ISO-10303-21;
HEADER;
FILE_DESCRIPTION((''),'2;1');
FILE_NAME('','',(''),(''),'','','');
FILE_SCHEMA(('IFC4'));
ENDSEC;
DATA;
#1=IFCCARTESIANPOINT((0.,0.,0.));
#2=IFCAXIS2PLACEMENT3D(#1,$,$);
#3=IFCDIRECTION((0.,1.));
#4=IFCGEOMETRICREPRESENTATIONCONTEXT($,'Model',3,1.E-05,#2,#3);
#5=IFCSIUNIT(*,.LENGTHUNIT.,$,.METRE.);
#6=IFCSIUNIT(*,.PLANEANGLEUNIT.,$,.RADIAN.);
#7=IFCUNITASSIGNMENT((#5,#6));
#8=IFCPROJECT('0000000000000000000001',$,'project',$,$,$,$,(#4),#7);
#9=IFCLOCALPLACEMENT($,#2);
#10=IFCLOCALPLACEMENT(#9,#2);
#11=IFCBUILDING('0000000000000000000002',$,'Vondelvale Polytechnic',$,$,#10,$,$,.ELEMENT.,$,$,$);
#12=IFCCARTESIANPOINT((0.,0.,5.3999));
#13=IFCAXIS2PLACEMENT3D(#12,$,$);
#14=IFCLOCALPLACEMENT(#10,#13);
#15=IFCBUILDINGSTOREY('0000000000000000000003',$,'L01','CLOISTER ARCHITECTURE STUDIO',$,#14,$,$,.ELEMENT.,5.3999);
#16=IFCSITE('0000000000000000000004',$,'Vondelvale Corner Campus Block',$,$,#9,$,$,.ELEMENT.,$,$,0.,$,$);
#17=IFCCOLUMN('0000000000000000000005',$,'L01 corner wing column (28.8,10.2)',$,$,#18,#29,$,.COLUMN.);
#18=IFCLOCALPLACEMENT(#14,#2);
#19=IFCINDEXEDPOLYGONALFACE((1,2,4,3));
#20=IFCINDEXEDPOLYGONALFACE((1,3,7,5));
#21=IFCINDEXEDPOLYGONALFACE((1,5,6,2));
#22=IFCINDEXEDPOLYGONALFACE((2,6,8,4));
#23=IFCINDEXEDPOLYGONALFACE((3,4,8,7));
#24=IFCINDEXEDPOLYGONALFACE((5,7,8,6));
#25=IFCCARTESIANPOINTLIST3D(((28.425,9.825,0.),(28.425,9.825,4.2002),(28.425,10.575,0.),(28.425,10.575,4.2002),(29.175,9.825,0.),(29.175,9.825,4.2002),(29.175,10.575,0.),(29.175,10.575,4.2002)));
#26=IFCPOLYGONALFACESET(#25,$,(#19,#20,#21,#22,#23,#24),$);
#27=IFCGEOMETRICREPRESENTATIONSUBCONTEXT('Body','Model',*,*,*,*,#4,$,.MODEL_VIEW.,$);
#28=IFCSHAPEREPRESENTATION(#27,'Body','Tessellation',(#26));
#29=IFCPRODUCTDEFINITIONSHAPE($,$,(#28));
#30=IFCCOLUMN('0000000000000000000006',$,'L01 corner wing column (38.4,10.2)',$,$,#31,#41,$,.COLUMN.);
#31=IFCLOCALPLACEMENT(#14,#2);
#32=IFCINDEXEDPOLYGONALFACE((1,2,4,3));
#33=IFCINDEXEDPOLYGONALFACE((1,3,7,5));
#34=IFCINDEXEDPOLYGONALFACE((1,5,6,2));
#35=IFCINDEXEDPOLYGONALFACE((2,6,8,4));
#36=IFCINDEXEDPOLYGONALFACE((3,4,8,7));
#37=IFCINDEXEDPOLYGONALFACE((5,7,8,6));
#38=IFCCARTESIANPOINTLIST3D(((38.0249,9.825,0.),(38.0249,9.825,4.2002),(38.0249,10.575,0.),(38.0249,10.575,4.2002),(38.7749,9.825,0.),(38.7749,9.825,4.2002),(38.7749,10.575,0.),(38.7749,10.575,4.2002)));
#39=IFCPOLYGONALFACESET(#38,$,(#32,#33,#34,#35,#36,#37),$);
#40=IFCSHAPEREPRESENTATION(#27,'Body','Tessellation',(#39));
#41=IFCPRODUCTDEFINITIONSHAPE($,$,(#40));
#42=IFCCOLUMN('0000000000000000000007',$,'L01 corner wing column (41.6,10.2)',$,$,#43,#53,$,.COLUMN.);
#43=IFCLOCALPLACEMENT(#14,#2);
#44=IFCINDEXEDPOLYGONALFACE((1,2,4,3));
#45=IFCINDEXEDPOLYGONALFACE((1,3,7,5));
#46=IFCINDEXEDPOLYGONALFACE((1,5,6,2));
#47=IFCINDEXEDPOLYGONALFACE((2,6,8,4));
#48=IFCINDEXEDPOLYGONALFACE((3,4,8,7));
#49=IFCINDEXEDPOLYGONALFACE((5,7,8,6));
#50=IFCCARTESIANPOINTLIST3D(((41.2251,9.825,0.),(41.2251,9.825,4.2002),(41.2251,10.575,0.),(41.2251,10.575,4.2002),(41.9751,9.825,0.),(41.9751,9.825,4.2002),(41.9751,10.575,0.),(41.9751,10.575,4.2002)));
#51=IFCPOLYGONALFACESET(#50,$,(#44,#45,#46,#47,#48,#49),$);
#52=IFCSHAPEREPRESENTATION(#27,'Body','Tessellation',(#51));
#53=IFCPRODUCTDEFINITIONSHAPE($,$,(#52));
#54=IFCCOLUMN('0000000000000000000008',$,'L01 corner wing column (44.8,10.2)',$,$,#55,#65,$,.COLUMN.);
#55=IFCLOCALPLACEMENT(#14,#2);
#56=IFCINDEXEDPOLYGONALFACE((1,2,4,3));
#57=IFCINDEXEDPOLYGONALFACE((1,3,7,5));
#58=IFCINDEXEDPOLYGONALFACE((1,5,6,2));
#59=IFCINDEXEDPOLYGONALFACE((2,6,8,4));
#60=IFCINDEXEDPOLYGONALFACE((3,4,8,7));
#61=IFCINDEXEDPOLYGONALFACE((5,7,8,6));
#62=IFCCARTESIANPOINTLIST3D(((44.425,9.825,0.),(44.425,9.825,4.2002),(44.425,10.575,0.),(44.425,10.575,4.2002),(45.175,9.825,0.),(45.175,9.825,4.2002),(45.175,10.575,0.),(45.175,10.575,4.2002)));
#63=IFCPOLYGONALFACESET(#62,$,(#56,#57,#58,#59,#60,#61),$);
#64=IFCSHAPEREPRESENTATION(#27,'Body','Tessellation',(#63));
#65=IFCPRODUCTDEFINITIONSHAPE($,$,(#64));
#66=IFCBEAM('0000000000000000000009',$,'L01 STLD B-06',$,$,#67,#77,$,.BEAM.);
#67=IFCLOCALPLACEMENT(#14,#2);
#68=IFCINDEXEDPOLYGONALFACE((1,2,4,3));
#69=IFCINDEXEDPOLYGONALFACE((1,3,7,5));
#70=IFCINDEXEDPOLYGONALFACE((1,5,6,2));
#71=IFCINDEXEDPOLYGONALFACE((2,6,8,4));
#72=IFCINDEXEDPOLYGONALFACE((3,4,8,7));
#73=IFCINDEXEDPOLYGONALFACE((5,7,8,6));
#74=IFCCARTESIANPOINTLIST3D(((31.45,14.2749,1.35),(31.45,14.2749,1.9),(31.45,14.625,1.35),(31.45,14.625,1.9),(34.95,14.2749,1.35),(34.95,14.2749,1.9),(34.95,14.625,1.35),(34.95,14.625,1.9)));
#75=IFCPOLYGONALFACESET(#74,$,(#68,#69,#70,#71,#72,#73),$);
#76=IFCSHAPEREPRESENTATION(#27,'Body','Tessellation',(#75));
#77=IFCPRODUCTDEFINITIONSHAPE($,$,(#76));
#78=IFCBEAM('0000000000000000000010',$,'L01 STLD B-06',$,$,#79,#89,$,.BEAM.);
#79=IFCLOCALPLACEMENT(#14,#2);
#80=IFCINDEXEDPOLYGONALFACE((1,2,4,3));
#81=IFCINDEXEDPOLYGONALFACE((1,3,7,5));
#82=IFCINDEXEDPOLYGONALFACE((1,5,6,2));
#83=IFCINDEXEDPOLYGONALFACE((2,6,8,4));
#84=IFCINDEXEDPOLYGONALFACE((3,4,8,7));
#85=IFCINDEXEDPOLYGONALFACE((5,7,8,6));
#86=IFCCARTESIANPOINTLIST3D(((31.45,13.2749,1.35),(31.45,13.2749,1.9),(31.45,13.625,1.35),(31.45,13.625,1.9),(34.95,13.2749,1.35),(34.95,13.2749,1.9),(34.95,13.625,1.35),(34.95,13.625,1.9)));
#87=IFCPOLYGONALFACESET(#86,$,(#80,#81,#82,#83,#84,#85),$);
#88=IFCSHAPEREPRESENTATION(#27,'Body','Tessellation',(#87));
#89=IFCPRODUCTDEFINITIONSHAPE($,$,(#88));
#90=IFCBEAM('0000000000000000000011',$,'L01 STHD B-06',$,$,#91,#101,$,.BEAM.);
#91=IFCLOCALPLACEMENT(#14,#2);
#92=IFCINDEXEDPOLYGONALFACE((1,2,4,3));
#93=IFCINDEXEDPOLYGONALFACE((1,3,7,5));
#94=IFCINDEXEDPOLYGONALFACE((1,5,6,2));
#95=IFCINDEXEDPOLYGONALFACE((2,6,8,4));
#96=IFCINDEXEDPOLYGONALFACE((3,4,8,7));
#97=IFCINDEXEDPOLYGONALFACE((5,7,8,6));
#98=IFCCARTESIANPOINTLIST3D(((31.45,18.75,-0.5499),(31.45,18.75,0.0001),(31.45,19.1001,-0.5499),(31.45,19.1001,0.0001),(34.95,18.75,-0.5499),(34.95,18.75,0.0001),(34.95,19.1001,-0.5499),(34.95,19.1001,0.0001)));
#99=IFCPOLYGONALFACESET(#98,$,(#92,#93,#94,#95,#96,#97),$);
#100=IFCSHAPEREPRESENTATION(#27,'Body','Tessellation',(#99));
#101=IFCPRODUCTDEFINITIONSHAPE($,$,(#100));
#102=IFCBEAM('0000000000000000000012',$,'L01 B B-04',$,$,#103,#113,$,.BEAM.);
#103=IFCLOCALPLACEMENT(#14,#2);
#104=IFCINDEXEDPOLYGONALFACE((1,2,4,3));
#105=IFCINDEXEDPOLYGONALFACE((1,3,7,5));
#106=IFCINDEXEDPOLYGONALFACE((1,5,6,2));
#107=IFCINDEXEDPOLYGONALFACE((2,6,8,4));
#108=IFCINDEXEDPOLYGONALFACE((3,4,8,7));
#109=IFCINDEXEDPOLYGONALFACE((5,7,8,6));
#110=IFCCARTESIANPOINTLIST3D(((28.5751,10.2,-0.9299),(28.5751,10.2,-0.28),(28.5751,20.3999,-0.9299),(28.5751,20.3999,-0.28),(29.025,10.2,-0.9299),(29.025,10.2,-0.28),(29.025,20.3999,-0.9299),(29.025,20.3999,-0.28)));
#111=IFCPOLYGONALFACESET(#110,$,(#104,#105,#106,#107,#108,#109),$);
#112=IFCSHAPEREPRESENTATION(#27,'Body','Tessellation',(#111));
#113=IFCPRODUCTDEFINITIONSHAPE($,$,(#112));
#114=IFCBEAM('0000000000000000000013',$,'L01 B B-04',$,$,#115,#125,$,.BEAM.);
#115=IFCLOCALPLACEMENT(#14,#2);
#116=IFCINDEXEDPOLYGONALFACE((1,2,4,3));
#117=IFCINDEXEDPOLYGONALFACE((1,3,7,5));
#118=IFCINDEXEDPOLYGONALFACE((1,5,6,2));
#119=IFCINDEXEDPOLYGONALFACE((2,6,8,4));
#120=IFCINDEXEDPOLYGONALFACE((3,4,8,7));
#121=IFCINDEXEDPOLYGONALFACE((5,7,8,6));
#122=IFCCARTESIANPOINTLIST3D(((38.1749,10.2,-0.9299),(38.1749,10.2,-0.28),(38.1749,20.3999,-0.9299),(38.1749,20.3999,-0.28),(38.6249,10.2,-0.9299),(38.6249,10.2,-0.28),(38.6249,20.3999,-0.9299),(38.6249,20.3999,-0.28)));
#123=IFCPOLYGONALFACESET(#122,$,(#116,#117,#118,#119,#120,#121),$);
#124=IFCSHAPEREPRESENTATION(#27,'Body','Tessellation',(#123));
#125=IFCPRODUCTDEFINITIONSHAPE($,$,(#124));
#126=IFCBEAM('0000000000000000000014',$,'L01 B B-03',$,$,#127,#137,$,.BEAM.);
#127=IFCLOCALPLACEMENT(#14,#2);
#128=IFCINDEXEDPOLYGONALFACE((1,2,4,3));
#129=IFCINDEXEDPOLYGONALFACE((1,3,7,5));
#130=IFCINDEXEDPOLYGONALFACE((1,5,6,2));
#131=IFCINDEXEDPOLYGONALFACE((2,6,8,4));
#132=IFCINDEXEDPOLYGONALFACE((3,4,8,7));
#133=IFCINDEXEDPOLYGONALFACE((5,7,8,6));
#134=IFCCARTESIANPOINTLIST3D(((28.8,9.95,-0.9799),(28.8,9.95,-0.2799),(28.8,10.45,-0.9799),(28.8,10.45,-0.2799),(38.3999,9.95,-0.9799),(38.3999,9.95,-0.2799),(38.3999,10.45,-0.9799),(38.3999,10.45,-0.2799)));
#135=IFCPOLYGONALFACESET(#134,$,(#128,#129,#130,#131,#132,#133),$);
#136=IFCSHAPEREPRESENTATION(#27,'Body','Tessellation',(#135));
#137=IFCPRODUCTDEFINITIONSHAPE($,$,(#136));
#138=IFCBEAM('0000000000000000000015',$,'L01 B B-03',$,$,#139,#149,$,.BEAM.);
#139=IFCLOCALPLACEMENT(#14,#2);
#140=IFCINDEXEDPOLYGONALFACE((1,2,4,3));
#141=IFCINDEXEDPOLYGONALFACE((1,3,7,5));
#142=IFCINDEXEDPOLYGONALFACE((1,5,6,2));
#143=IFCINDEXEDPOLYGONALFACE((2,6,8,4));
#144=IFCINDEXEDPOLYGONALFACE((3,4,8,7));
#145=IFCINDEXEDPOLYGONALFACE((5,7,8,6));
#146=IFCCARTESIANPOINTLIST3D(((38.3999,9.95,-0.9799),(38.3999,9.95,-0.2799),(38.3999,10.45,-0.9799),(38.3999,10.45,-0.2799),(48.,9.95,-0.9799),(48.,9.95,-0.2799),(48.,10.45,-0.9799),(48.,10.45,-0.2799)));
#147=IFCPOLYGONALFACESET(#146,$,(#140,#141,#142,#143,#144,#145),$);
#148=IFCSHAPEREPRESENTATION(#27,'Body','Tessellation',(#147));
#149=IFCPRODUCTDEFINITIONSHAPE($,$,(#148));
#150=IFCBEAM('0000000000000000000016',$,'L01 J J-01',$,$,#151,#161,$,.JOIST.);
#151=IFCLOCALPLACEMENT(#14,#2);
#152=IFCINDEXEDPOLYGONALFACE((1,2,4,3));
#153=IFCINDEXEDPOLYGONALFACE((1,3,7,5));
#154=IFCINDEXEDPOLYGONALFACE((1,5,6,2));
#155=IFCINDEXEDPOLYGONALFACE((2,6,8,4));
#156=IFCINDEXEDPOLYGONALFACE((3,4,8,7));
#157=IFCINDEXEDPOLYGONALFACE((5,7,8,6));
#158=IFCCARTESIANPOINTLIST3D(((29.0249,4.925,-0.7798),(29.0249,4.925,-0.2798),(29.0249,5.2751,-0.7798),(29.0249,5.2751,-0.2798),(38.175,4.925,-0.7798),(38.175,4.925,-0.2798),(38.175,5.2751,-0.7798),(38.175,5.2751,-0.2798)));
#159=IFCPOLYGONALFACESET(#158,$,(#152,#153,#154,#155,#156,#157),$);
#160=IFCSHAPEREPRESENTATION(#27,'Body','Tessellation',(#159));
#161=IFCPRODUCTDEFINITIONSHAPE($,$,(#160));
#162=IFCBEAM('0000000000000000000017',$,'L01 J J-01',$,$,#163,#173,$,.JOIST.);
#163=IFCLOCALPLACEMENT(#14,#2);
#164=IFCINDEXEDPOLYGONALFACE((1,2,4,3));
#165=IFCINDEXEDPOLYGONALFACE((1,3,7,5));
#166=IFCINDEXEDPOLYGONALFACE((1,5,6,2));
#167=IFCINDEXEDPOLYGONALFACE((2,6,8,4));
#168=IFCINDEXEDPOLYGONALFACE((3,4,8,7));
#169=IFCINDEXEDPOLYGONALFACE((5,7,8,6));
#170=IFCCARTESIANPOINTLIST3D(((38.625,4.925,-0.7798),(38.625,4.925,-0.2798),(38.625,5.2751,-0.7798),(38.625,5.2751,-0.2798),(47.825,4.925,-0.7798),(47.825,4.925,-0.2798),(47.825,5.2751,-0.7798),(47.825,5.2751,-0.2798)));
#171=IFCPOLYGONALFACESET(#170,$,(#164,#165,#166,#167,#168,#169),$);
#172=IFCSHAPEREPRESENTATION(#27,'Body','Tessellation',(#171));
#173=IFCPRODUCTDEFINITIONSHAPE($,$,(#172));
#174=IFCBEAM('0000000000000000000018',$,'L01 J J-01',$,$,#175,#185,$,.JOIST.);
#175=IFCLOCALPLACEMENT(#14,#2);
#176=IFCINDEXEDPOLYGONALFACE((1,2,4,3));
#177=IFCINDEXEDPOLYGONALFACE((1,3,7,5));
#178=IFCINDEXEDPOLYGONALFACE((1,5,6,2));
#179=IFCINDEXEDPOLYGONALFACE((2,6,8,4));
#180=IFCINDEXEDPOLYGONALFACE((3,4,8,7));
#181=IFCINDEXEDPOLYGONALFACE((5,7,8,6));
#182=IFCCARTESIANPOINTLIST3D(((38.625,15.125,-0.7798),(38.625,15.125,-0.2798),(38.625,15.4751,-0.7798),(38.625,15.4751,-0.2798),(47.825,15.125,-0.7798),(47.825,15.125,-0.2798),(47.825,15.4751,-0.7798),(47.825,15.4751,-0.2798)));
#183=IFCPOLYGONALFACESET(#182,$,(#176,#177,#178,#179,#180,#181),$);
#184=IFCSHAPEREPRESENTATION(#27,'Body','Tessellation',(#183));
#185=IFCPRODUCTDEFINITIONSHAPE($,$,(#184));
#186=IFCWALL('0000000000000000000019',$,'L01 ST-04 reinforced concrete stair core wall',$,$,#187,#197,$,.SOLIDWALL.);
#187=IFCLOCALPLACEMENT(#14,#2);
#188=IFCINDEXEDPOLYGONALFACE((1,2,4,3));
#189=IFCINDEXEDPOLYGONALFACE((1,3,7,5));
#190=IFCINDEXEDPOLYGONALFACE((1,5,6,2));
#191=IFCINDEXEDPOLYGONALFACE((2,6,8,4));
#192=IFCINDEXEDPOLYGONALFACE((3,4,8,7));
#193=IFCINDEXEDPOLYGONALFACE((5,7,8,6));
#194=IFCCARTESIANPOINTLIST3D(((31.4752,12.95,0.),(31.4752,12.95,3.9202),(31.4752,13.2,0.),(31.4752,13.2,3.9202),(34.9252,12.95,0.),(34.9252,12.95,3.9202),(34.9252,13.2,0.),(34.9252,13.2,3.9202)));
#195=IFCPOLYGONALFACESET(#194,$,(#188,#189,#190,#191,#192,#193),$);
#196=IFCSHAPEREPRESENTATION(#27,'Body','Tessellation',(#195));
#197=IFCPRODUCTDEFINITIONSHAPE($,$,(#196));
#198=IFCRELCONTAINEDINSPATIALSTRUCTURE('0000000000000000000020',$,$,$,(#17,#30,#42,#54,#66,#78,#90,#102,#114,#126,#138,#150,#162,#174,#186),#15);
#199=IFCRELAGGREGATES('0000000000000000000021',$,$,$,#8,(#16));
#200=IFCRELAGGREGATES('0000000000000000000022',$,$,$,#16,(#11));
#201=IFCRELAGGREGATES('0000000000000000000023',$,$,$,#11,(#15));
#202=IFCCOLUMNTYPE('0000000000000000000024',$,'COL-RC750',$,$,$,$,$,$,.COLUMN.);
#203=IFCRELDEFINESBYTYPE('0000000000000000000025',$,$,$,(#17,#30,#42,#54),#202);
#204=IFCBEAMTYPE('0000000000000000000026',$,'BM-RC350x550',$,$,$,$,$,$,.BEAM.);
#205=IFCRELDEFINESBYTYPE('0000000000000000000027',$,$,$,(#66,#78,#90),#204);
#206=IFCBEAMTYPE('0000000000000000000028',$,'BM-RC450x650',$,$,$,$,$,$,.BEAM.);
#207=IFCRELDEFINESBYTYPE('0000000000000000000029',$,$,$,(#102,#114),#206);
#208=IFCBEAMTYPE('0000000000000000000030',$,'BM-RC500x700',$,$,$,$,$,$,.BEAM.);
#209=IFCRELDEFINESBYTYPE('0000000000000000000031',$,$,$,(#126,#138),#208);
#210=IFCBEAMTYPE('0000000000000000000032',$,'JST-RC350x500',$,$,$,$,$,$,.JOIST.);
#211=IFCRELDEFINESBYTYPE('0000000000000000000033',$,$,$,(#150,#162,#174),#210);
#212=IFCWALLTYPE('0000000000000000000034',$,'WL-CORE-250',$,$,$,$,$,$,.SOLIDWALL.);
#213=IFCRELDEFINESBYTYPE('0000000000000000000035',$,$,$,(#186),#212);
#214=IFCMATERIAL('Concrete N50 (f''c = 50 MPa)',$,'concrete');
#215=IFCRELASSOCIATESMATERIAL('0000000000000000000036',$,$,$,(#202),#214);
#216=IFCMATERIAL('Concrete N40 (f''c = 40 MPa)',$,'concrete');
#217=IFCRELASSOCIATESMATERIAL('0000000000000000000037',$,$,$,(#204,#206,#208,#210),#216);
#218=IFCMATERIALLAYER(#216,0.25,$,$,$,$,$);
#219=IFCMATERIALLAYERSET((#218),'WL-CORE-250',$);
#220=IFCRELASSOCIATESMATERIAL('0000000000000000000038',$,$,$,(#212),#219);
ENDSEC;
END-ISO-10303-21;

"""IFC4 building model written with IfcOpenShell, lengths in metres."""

from ifc_helpers import new_model, si_unit, direction, frame, frame_2d, origin, origin_2d, place, context, subcontext, project, spatial, rectangle, extrude, material, layer, layer_set, material_profile, profile_set, type_object, element, save


model = new_model("IFC4")

# Units and contexts
model_context = context("Model", 3, precision=1e-05, world=origin(), true_north=direction((0.0, 1.0)))
body_context = subcontext(model_context, "Body", "Model", "MODEL_VIEW")
ifc_project = project(units=[si_unit("LENGTHUNIT", "METRE"), si_unit("PLANEANGLEUNIT", "RADIAN")], contexts=[model_context])

# Site, building, storey
site_placement = place(None, origin())
site = spatial("IfcSite", under=ifc_project, at=site_placement, Name="Vondelvale Corner Campus Block", CompositionType="ELEMENT", RefElevation=0.0)
building_placement = place(site_placement, origin())
building = spatial("IfcBuilding", under=site, at=building_placement, Name="Vondelvale Polytechnic", CompositionType="ELEMENT")
storey_placement = place(building_placement, frame((0.0, 0.0, 5.3999)))
storey = spatial("IfcBuildingStorey", under=building, at=storey_placement, Name="L01", Description="CLOISTER ARCHITECTURE STUDIO", CompositionType="ELEMENT", Elevation=5.3999)

# Columns
ifc_material_1 = material(Name="Concrete N50 (f'c = 50 MPa)", Category="concrete")
ifc_material_profile_1 = material_profile(ifc_material_1, rectangle(XDim=0.75, YDim=0.75, at=origin_2d()), Name="RC-COL-750x750")
ifc_profile_set_1 = profile_set([ifc_material_profile_1], Name="Concrete N50 (f'c = 50 MPa)")
column_type = type_object("IfcColumnType", Name="COL-RC750", PredefinedType="COLUMN", material=ifc_profile_set_1)
for number, where, z_axis, x_axis, name in (
    (1, (28.8, 10.2, 0.0), (0.0, 0.0, 1.0), (1.0, 0.0, 0.0), "L01 corner wing column (28.8,10.2)"),
    (2, (38.3999, 10.2, 0.0), (0.0, 0.0, 1.0), (1.0, 0.0, 0.0), "L01 corner wing column (38.4,10.2)"),
    (3, (41.6001, 10.2, 0.0), (0.0, 0.0, 1.0), (1.0, 0.0, 0.0), "L01 corner wing column (41.6,10.2)"),
    (4, (44.8, 10.2, 0.0), (0.0, 0.0, 1.0), (1.0, 0.0, 0.0), "L01 corner wing column (44.8,10.2)"),
):
    element("IfcColumn", number, at=place(storey_placement, frame(where, z_axis=z_axis, x_axis=x_axis)), inside=storey, type_object=column_type, Name=name, PredefinedType="COLUMN", context=body_context, shape_type="SweptSolid", body=[
        extrude(rectangle(XDim=0.75, YDim=0.75, at=origin_2d()), origin(), (0.0, 0.0, 1.0), 4.2002),
    ])

# Beams
ifc_material_2 = material(Name="Concrete N40 (f'c = 40 MPa)", Category="concrete")
ifc_material_profile_2 = material_profile(ifc_material_2, rectangle(XDim=0.3501, YDim=0.55, at=origin_2d()), Name="RC-BM-350x550")
ifc_profile_set_2 = profile_set([ifc_material_profile_2], Name="Concrete N40 (f'c = 40 MPa)")
beam_type_1 = type_object("IfcBeamType", Name="BM-RC350x550", PredefinedType="BEAM", material=ifc_profile_set_2)
for number, where, z_axis, x_axis, name in (
    (5, (31.45, 14.45, 1.625), (1.0, 0.0, 0.0), (0.0, 1.0, 0.0), "L01 STLD B-06"),
    (6, (31.45, 13.45, 1.625), (1.0, 0.0, 0.0), (0.0, 1.0, 0.0), "L01 STLD B-06"),
    (7, (31.45, 18.925, -0.2749), (1.0, 0.0, 0.0), (0.0, 1.0, 0.0), "L01 STHD B-06"),
):
    element("IfcBeam", number, at=place(storey_placement, frame(where, z_axis=z_axis, x_axis=x_axis)), inside=storey, type_object=beam_type_1, Name=name, PredefinedType="BEAM", context=body_context, shape_type="SweptSolid", body=[
        extrude(rectangle(XDim=0.3501, YDim=0.55, at=origin_2d()), origin(), (0.0, 0.0, 1.0), 3.5),
    ])
ifc_material_profile_3 = material_profile(ifc_material_2, rectangle(XDim=0.45, YDim=0.6499, at=origin_2d()), Name="RC-BM-450x650")
ifc_profile_set_3 = profile_set([ifc_material_profile_3], Name="Concrete N40 (f'c = 40 MPa)")
beam_type_2 = type_object("IfcBeamType", Name="BM-RC450x650", PredefinedType="BEAM", material=ifc_profile_set_3)
for number, where, z_axis, x_axis, name in (
    (8, (28.8, 10.2, -0.605), (0.0, 1.0, 0.0), (-1.0, 0.0, 0.0), "L01 B B-04"),
    (9, (38.3999, 10.2, -0.605), (0.0, 1.0, 0.0), (-1.0, 0.0, 0.0), "L01 B B-04"),
):
    element("IfcBeam", number, at=place(storey_placement, frame(where, z_axis=z_axis, x_axis=x_axis)), inside=storey, type_object=beam_type_2, Name=name, PredefinedType="BEAM", context=body_context, shape_type="SweptSolid", body=[
        extrude(rectangle(XDim=0.45, YDim=0.6499, at=origin_2d()), origin(), (0.0, 0.0, 1.0), 10.2),
    ])
ifc_material_profile_4 = material_profile(ifc_material_2, rectangle(XDim=0.5, YDim=0.7, at=origin_2d()), Name="RC-BM-500x700")
ifc_profile_set_4 = profile_set([ifc_material_profile_4], Name="Concrete N40 (f'c = 40 MPa)")
beam_type_3 = type_object("IfcBeamType", Name="BM-RC500x700", PredefinedType="BEAM", material=ifc_profile_set_4)
beam_1_placement = place(storey_placement, frame((28.8, 10.2, -0.6299), z_axis=(1.0, 0.0, 0.0), x_axis=(0.0, 1.0, 0.0)))
element("IfcBeam", 10, at=beam_1_placement, inside=storey, type_object=beam_type_3, Name="L01 B B-03", PredefinedType="BEAM", context=body_context, shape_type="SweptSolid", body=[
    extrude(rectangle(XDim=0.5, YDim=0.7, at=origin_2d()), origin(), (0.0, 0.0, 1.0), 9.5999),
])
beam_2_placement = place(storey_placement, frame((38.3999, 10.2, -0.6299), z_axis=(1.0, 0.0, 0.0), x_axis=(0.0, 1.0, 0.0)))
element("IfcBeam", 11, at=beam_2_placement, inside=storey, type_object=beam_type_3, Name="L01 B B-03", PredefinedType="BEAM", context=body_context, shape_type="SweptSolid", body=[
    extrude(rectangle(XDim=0.5, YDim=0.7, at=origin_2d()), origin(), (0.0, 0.0, 1.0), 9.6001),
])
ifc_material_profile_5 = material_profile(ifc_material_2, rectangle(XDim=0.3501, YDim=0.5, at=origin_2d()), Name="RC-JST-350x500")
ifc_profile_set_5 = profile_set([ifc_material_profile_5], Name="Concrete N40 (f'c = 40 MPa)")
beam_type_4 = type_object("IfcBeamType", Name="JST-RC350x500", PredefinedType="JOIST", material=ifc_profile_set_5)
beam_3_placement = place(storey_placement, frame((29.0249, 5.1001, -0.5298), z_axis=(1.0, 0.0, 0.0), x_axis=(0.0, 1.0, 0.0)))
element("IfcBeam", 12, at=beam_3_placement, inside=storey, type_object=beam_type_4, Name="L01 J J-01", PredefinedType="JOIST", context=body_context, shape_type="SweptSolid", body=[
    extrude(rectangle(XDim=0.3501, YDim=0.5, at=origin_2d()), origin(), (0.0, 0.0, 1.0), 9.1501),
])
for number, where, z_axis, x_axis, name in (
    (13, (38.625, 5.1001, -0.5298), (1.0, 0.0, 0.0), (0.0, 1.0, 0.0), "L01 J J-01"),
    (14, (38.625, 15.3, -0.5298), (1.0, 0.0, 0.0), (0.0, 1.0, 0.0), "L01 J J-01"),
):
    element("IfcBeam", number, at=place(storey_placement, frame(where, z_axis=z_axis, x_axis=x_axis)), inside=storey, type_object=beam_type_4, Name=name, PredefinedType="JOIST", context=body_context, shape_type="SweptSolid", body=[
        extrude(rectangle(XDim=0.3501, YDim=0.5, at=origin_2d()), origin(), (0.0, 0.0, 1.0), 9.2),
    ])

# Wall
ifc_layer_1 = layer(ifc_material_2, 0.25)
ifc_layer_set_1 = layer_set([ifc_layer_1], Name="WL-CORE-250")
wall_type_1 = type_object("IfcWallType", Name="WL-CORE-250", PredefinedType="SOLIDWALL", material=ifc_layer_set_1)
wall_1_placement = place(storey_placement, frame((31.4751, 13.075, 0.0), z_axis=(0.0, 0.0, 1.0), x_axis=(1.0, 0.0, 0.0)))
element("IfcWall", 15, at=wall_1_placement, inside=storey, type_object=wall_type_1, Name="L01 ST-04 reinforced concrete stair core wall", PredefinedType="SOLIDWALL", context=body_context, shape_type="SweptSolid", body=[
    extrude(rectangle(XDim=3.45, YDim=0.25, at=frame_2d((1.7251, 0.0))), origin(), (0.0, 0.0, 1.0), 3.9202),
])

save(model, "model.ifc")
